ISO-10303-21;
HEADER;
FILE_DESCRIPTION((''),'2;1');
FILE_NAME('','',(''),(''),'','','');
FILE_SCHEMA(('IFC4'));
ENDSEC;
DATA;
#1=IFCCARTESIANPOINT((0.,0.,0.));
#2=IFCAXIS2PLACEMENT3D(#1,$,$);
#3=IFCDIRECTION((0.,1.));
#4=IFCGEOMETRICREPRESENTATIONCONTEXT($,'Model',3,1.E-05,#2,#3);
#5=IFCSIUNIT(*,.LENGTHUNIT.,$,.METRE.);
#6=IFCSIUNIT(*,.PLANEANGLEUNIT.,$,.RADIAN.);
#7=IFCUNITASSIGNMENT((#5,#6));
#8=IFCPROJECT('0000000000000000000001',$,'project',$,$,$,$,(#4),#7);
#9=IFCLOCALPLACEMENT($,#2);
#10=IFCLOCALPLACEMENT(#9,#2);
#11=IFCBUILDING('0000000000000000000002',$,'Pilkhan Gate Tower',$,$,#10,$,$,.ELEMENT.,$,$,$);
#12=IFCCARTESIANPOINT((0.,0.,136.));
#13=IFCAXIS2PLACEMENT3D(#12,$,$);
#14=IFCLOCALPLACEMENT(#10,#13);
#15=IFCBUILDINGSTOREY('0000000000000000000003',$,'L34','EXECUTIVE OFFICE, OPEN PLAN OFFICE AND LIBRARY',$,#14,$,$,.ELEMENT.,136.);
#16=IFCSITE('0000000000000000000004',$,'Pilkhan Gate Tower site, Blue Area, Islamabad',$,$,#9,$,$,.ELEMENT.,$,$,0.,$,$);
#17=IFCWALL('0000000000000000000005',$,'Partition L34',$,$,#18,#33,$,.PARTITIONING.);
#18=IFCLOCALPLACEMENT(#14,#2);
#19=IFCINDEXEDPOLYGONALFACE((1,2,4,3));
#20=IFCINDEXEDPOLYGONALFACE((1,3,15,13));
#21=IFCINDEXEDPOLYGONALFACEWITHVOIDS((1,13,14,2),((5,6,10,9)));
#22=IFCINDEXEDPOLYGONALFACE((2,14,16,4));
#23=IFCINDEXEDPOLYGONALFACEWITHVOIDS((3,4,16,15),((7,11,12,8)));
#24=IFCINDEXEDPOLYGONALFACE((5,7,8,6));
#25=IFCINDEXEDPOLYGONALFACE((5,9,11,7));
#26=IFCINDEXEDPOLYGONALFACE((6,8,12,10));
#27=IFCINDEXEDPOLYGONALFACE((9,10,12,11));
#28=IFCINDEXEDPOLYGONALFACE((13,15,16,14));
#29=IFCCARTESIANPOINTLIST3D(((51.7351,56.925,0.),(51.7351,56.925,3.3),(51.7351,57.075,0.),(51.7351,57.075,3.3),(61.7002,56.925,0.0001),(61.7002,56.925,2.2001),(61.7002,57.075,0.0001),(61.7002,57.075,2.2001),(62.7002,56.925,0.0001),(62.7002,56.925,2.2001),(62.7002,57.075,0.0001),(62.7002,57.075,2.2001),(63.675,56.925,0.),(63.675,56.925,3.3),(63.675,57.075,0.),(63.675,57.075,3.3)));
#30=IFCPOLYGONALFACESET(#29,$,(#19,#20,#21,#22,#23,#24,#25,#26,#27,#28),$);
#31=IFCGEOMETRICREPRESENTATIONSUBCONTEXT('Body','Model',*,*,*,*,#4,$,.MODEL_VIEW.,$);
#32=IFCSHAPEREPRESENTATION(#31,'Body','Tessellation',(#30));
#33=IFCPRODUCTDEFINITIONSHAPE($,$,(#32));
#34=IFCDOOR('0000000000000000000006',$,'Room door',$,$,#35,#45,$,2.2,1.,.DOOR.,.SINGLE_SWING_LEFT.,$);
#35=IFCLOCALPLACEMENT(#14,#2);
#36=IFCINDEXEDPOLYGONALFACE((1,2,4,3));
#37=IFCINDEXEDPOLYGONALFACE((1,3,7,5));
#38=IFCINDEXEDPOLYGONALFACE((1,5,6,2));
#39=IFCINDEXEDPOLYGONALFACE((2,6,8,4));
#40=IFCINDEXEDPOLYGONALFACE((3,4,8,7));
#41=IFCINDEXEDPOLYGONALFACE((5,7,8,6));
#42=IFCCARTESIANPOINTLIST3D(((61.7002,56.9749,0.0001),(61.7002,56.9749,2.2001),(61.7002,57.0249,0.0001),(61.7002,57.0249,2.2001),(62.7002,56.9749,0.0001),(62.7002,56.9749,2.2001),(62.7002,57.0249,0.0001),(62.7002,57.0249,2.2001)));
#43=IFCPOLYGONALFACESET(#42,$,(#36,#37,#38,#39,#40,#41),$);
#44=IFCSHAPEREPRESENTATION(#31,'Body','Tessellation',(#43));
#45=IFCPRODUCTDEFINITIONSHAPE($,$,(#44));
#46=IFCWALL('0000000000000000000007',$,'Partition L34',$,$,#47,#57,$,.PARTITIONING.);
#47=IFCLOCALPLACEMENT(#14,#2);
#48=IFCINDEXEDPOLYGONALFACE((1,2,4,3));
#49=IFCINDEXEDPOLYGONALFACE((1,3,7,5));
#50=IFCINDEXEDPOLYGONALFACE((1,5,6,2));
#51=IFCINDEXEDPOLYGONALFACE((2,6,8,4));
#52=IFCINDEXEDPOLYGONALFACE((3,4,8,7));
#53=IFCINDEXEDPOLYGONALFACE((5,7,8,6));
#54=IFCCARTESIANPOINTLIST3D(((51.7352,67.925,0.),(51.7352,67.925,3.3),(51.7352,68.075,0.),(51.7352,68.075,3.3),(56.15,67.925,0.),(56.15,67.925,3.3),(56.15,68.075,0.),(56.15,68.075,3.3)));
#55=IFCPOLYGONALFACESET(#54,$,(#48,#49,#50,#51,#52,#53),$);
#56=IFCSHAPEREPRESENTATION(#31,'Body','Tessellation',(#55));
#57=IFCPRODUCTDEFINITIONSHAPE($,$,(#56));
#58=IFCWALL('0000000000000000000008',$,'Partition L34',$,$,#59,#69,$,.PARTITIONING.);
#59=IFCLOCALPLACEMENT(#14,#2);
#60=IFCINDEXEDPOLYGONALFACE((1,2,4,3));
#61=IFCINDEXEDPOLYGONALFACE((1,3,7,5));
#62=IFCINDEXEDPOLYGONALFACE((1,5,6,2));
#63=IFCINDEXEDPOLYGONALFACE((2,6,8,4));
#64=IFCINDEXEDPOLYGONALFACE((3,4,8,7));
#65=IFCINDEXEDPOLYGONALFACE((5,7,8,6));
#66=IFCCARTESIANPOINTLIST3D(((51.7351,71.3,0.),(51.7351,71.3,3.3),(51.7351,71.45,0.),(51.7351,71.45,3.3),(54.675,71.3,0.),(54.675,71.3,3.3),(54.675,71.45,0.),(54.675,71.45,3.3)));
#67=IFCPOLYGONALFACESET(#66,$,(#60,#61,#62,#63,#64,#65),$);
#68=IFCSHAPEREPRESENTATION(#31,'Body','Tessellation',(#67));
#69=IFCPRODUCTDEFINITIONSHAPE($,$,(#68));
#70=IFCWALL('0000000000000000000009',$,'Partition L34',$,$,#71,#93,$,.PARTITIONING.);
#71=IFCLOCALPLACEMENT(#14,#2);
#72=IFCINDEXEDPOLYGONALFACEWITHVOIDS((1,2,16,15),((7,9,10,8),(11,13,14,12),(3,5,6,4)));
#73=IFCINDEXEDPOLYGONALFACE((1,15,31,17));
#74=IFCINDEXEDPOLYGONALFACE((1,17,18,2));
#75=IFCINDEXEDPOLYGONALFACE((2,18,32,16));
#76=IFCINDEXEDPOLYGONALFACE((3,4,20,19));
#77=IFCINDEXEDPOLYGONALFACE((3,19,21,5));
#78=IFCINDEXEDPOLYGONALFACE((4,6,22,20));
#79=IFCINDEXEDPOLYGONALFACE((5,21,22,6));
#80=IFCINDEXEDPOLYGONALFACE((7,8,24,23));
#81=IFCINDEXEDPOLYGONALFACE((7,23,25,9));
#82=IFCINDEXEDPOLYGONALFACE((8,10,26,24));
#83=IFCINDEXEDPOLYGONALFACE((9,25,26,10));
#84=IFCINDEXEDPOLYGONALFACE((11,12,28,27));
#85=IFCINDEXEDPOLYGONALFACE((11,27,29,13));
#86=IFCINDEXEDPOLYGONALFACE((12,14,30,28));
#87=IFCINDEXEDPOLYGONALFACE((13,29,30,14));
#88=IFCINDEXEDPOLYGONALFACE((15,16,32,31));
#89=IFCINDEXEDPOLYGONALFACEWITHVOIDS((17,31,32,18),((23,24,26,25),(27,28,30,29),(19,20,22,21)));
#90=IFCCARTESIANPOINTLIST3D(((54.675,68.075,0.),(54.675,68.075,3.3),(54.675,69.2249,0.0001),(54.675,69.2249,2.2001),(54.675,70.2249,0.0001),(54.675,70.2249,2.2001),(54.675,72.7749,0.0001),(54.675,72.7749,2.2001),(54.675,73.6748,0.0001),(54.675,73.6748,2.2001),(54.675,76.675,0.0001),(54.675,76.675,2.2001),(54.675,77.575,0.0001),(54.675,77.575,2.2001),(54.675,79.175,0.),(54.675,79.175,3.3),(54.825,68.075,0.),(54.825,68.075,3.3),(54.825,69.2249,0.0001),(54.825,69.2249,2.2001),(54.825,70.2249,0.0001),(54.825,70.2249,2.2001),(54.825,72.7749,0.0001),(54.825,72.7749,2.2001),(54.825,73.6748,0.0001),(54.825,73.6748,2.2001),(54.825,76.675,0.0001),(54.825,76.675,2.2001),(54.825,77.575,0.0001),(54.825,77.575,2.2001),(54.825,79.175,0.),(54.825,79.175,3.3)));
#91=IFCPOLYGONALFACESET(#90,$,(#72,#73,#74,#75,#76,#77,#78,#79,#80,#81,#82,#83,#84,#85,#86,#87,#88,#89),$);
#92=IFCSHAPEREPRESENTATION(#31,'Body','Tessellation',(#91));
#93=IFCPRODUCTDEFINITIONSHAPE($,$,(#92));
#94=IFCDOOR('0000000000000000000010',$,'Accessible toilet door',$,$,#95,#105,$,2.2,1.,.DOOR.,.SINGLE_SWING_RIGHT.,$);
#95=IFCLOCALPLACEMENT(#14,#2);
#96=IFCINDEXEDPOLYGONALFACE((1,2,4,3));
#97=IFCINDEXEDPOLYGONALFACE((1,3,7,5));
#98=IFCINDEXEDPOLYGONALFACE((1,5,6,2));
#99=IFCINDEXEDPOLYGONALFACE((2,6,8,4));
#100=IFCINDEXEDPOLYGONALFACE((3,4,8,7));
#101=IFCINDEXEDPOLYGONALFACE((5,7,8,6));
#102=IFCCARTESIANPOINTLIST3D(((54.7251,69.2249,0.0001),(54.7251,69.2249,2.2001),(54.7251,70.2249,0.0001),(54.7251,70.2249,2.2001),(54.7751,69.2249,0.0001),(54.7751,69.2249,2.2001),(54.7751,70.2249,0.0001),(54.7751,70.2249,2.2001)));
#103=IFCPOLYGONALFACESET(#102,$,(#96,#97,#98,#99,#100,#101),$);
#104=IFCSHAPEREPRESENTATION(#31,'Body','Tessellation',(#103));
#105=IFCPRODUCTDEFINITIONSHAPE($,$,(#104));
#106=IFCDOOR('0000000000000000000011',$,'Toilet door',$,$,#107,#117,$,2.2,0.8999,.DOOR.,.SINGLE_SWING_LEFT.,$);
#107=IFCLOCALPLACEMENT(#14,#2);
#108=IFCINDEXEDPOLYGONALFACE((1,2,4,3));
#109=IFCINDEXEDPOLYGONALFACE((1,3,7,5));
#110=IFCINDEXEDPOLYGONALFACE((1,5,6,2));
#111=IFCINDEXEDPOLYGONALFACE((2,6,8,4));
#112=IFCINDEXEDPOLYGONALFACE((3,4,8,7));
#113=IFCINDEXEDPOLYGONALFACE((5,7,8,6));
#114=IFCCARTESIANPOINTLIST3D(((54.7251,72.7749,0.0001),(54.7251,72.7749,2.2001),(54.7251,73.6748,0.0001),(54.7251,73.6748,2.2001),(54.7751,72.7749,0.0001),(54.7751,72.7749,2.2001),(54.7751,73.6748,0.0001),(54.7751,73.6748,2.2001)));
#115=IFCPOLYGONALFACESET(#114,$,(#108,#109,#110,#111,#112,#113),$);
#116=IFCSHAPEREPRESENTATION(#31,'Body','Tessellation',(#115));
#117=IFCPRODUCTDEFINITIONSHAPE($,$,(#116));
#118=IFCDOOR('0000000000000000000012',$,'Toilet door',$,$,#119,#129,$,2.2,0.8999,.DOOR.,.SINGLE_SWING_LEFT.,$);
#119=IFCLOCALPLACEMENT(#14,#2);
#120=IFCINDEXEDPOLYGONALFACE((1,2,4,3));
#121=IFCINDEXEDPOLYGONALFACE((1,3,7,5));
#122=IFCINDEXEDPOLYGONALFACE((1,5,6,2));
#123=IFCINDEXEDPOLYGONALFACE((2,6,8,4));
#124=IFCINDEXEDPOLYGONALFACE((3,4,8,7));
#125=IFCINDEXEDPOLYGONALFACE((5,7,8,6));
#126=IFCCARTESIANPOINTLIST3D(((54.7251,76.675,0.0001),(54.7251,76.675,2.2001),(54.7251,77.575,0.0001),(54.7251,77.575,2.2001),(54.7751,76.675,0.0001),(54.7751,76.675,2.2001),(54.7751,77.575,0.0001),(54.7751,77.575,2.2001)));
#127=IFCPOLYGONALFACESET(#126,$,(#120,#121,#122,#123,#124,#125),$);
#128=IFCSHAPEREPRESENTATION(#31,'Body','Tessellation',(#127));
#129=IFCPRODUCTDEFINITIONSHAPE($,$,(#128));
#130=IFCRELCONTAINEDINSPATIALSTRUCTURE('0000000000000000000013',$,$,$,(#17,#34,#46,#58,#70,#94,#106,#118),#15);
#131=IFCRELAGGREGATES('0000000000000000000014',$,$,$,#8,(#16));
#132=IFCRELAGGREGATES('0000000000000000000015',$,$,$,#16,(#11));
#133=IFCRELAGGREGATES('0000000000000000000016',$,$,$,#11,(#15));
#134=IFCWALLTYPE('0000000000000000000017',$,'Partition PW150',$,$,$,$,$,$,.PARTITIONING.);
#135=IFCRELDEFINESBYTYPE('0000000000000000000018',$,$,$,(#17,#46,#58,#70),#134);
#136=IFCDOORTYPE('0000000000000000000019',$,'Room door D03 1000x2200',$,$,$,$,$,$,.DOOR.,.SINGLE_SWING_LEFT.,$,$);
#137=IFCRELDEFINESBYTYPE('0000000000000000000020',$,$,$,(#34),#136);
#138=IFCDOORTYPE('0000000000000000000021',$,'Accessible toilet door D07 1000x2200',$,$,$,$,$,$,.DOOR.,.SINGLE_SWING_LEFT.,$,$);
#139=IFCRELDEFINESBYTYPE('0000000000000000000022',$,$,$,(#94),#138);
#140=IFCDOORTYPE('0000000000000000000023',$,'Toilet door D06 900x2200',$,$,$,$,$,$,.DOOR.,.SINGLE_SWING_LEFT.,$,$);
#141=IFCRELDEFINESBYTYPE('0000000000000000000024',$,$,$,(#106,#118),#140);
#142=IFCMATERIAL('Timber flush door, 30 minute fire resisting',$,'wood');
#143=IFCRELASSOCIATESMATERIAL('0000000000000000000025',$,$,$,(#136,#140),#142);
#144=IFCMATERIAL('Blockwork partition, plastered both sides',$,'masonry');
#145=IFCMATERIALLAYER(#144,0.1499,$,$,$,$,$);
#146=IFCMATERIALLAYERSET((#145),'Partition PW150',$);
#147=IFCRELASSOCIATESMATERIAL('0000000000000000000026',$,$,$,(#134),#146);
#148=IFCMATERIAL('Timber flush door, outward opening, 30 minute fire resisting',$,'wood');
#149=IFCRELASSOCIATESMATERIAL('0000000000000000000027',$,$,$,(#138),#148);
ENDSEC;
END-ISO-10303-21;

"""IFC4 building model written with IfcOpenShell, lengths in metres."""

from ifc_helpers import new_model, si_unit, direction, frame, frame_2d, origin, place, context, subcontext, project, spatial, rectangle, extrude, material, layer, layer_set, type_object, element, fill, save


model = new_model("IFC4")

# Units and contexts
model_context = context("Model", 3, precision=1e-05, world=origin(), true_north=direction((0.0, 1.0)))
body_context = subcontext(model_context, "Body", "Model", "MODEL_VIEW")
ifc_project = project(units=[si_unit("LENGTHUNIT", "METRE"), si_unit("PLANEANGLEUNIT", "RADIAN")], contexts=[model_context])

# Site, building, storey
site_placement = place(None, origin())
site = spatial("IfcSite", under=ifc_project, at=site_placement, Name="Pilkhan Gate Tower site, Blue Area, Islamabad", CompositionType="ELEMENT", RefElevation=0.0)
building_placement = place(site_placement, origin())
building = spatial("IfcBuilding", under=site, at=building_placement, Name="Pilkhan Gate Tower", CompositionType="ELEMENT")
storey_placement = place(building_placement, frame((0.0, 0.0, 136.0)))
storey = spatial("IfcBuildingStorey", under=building, at=storey_placement, Name="L34", Description="EXECUTIVE OFFICE, OPEN PLAN OFFICE AND LIBRARY", CompositionType="ELEMENT", Elevation=136.0)

# Shared definitions
ifc_material_1 = material(Name="Timber flush door, 30 minute fire resisting", Category="wood")
door_type_1 = type_object("IfcDoorType", Name="Room door D03 1000x2200", OperationType="SINGLE_SWING_LEFT", PredefinedType="DOOR", material=ifc_material_1)

# Wall, opening, door
ifc_material_2 = material(Name="Blockwork partition, plastered both sides", Category="masonry")
ifc_layer_1 = layer(ifc_material_2, 0.1499)
ifc_layer_set_1 = layer_set([ifc_layer_1], Name="Partition PW150")
wall_type_1 = type_object("IfcWallType", Name="Partition PW150", PredefinedType="PARTITIONING", material=ifc_layer_set_1)
wall_1_placement = place(storey_placement, frame((51.7351, 57.0, 0.0), z_axis=(0.0, 0.0, 1.0), x_axis=(1.0, 0.0, 0.0)))
wall_1 = element("IfcWall", 1, at=wall_1_placement, inside=storey, type_object=wall_type_1, Name="Partition L34", PredefinedType="PARTITIONING", context=body_context, shape_type="SweptSolid", body=[
    extrude(rectangle(XDim=11.9399, YDim=0.1499, at=frame_2d((5.97, 0.0))), origin(), (0.0, 0.0, 1.0), 3.3),
])
opening_1_placement = place(wall_1_placement, frame((9.9651, 0.0, 0.0)))
opening_1 = element("IfcOpeningElement", 2, at=opening_1_placement, cuts=wall_1, PredefinedType="OPENING", context=body_context, shape_type="SweptSolid", body=[
    extrude(rectangle(XDim=1.0, YDim=2.2, at=frame_2d((0.5, 1.1001))), frame((0.0, 0.085, 0.0), z_axis=(0.0, -1.0, 0.0), x_axis=(1.0, 0.0, 0.0)), (0.0, 0.0, 1.0), 0.1699),
])
door_1_placement = place(opening_1_placement, origin())
door_1 = element("IfcDoor", 3, at=door_1_placement, inside=storey, type_object=door_type_1, Name="Room door", OperationType="SINGLE_SWING_LEFT", OverallHeight=2.2, OverallWidth=1.0, PredefinedType="DOOR", context=body_context, shape_type="SweptSolid", body=[
    extrude(rectangle(XDim=1.0, YDim=2.2, at=frame_2d((0.5, 1.1001))), frame((0.0, 0.0249, 0.0), z_axis=(0.0, -1.0, 0.0), x_axis=(1.0, 0.0, 0.0)), (0.0, 0.0, 1.0), 0.05),
])
fill(opening_1, door_1)

# Walls
wall_2_placement = place(storey_placement, frame((51.7351, 68.0, 0.0), z_axis=(0.0, 0.0, 1.0), x_axis=(1.0, 0.0, 0.0)))
element("IfcWall", 4, at=wall_2_placement, inside=storey, type_object=wall_type_1, Name="Partition L34", PredefinedType="PARTITIONING", context=body_context, shape_type="SweptSolid", body=[
    extrude(rectangle(XDim=4.4148, YDim=0.1499, at=frame_2d((2.2075, 0.0))), origin(), (0.0, 0.0, 1.0), 3.3),
])
wall_3_placement = place(storey_placement, frame((51.7351, 71.375, 0.0), z_axis=(0.0, 0.0, 1.0), x_axis=(1.0, 0.0, 0.0)))
element("IfcWall", 5, at=wall_3_placement, inside=storey, type_object=wall_type_1, Name="Partition L34", PredefinedType="PARTITIONING", context=body_context, shape_type="SweptSolid", body=[
    extrude(rectangle(XDim=2.9399, YDim=0.1499, at=frame_2d((1.47, 0.0))), origin(), (0.0, 0.0, 1.0), 3.3),
])

# Wall, openings, doors
wall_4_placement = place(storey_placement, frame((54.75, 68.075, 0.0), z_axis=(0.0, 0.0, 1.0), x_axis=(0.0, 1.0, 0.0)))
wall_4 = element("IfcWall", 6, at=wall_4_placement, inside=storey, type_object=wall_type_1, Name="Partition L34", PredefinedType="PARTITIONING", context=body_context, shape_type="SweptSolid", body=[
    extrude(rectangle(XDim=11.1001, YDim=0.1499, at=frame_2d((5.55, 0.0))), origin(), (0.0, 0.0, 1.0), 3.3),
])
opening_2_placement = place(wall_4_placement, frame((1.1499, 0.0, 0.0)))
opening_2 = element("IfcOpeningElement", 7, at=opening_2_placement, cuts=wall_4, PredefinedType="OPENING", context=body_context, shape_type="SweptSolid", body=[
    extrude(rectangle(XDim=1.0, YDim=2.2, at=frame_2d((0.5, 1.1001))), frame((0.0, 0.085, 0.0), z_axis=(0.0, -1.0, 0.0), x_axis=(1.0, 0.0, 0.0)), (0.0, 0.0, 1.0), 0.1699),
])
opening_3_placement = place(wall_4_placement, frame((4.7, 0.0, 0.0)))
opening_3 = element("IfcOpeningElement", 8, at=opening_3_placement, cuts=wall_4, PredefinedType="OPENING", context=body_context, shape_type="SweptSolid", body=[
    extrude(rectangle(XDim=0.8999, YDim=2.2, at=frame_2d((0.45, 1.1001))), frame((0.0, 0.085, 0.0), z_axis=(0.0, -1.0, 0.0), x_axis=(1.0, 0.0, 0.0)), (0.0, 0.0, 1.0), 0.1699),
])
opening_4_placement = place(wall_4_placement, frame((8.6001, 0.0, 0.0)))
opening_4 = element("IfcOpeningElement", 9, at=opening_4_placement, cuts=wall_4, PredefinedType="OPENING", context=body_context, shape_type="SweptSolid", body=[
    extrude(rectangle(XDim=0.8999, YDim=2.2, at=frame_2d((0.45, 1.1001))), frame((0.0, 0.085, 0.0), z_axis=(0.0, -1.0, 0.0), x_axis=(1.0, 0.0, 0.0)), (0.0, 0.0, 1.0), 0.1699),
])
ifc_material_3 = material(Name="Timber flush door, outward opening, 30 minute fire resisting", Category="wood")
door_type_2 = type_object("IfcDoorType", Name="Accessible toilet door D07 1000x2200", OperationType="SINGLE_SWING_LEFT", PredefinedType="DOOR", material=ifc_material_3)
door_2_placement = place(opening_2_placement, origin())
door_2 = element("IfcDoor", 10, at=door_2_placement, inside=storey, type_object=door_type_2, Name="Accessible toilet door", OperationType="SINGLE_SWING_RIGHT", OverallHeight=2.2, OverallWidth=1.0, PredefinedType="DOOR", context=body_context, shape_type="SweptSolid", body=[
    extrude(rectangle(XDim=1.0, YDim=2.2, at=frame_2d((0.5, 1.1001))), frame((0.0, 0.0249, 0.0), z_axis=(0.0, -1.0, 0.0), x_axis=(1.0, 0.0, 0.0)), (0.0, 0.0, 1.0), 0.05),
])
fill(opening_2, door_2)
door_type_3 = type_object("IfcDoorType", Name="Toilet door D06 900x2200", OperationType="SINGLE_SWING_LEFT", PredefinedType="DOOR", material=ifc_material_1)
door_3_placement = place(opening_3_placement, origin())
door_3 = element("IfcDoor", 11, at=door_3_placement, inside=storey, type_object=door_type_3, Name="Toilet door", OperationType="SINGLE_SWING_LEFT", OverallHeight=2.2, OverallWidth=0.8999, PredefinedType="DOOR", context=body_context, shape_type="SweptSolid", body=[
    extrude(rectangle(XDim=0.8999, YDim=2.2, at=frame_2d((0.45, 1.1001))), frame((0.0, 0.0249, 0.0), z_axis=(0.0, -1.0, 0.0), x_axis=(1.0, 0.0, 0.0)), (0.0, 0.0, 1.0), 0.05),
])
fill(opening_3, door_3)
door_4_placement = place(opening_4_placement, origin())
door_4 = element("IfcDoor", 12, at=door_4_placement, inside=storey, type_object=door_type_3, Name="Toilet door", OperationType="SINGLE_SWING_LEFT", OverallHeight=2.2, OverallWidth=0.8999, PredefinedType="DOOR", context=body_context, shape_type="SweptSolid", body=[
    extrude(rectangle(XDim=0.8999, YDim=2.2, at=frame_2d((0.45, 1.1001))), frame((0.0, 0.0249, 0.0), z_axis=(0.0, -1.0, 0.0), x_axis=(1.0, 0.0, 0.0)), (0.0, 0.0, 1.0), 0.05),
])
fill(opening_4, door_4)

save(model, "model.ifc")
